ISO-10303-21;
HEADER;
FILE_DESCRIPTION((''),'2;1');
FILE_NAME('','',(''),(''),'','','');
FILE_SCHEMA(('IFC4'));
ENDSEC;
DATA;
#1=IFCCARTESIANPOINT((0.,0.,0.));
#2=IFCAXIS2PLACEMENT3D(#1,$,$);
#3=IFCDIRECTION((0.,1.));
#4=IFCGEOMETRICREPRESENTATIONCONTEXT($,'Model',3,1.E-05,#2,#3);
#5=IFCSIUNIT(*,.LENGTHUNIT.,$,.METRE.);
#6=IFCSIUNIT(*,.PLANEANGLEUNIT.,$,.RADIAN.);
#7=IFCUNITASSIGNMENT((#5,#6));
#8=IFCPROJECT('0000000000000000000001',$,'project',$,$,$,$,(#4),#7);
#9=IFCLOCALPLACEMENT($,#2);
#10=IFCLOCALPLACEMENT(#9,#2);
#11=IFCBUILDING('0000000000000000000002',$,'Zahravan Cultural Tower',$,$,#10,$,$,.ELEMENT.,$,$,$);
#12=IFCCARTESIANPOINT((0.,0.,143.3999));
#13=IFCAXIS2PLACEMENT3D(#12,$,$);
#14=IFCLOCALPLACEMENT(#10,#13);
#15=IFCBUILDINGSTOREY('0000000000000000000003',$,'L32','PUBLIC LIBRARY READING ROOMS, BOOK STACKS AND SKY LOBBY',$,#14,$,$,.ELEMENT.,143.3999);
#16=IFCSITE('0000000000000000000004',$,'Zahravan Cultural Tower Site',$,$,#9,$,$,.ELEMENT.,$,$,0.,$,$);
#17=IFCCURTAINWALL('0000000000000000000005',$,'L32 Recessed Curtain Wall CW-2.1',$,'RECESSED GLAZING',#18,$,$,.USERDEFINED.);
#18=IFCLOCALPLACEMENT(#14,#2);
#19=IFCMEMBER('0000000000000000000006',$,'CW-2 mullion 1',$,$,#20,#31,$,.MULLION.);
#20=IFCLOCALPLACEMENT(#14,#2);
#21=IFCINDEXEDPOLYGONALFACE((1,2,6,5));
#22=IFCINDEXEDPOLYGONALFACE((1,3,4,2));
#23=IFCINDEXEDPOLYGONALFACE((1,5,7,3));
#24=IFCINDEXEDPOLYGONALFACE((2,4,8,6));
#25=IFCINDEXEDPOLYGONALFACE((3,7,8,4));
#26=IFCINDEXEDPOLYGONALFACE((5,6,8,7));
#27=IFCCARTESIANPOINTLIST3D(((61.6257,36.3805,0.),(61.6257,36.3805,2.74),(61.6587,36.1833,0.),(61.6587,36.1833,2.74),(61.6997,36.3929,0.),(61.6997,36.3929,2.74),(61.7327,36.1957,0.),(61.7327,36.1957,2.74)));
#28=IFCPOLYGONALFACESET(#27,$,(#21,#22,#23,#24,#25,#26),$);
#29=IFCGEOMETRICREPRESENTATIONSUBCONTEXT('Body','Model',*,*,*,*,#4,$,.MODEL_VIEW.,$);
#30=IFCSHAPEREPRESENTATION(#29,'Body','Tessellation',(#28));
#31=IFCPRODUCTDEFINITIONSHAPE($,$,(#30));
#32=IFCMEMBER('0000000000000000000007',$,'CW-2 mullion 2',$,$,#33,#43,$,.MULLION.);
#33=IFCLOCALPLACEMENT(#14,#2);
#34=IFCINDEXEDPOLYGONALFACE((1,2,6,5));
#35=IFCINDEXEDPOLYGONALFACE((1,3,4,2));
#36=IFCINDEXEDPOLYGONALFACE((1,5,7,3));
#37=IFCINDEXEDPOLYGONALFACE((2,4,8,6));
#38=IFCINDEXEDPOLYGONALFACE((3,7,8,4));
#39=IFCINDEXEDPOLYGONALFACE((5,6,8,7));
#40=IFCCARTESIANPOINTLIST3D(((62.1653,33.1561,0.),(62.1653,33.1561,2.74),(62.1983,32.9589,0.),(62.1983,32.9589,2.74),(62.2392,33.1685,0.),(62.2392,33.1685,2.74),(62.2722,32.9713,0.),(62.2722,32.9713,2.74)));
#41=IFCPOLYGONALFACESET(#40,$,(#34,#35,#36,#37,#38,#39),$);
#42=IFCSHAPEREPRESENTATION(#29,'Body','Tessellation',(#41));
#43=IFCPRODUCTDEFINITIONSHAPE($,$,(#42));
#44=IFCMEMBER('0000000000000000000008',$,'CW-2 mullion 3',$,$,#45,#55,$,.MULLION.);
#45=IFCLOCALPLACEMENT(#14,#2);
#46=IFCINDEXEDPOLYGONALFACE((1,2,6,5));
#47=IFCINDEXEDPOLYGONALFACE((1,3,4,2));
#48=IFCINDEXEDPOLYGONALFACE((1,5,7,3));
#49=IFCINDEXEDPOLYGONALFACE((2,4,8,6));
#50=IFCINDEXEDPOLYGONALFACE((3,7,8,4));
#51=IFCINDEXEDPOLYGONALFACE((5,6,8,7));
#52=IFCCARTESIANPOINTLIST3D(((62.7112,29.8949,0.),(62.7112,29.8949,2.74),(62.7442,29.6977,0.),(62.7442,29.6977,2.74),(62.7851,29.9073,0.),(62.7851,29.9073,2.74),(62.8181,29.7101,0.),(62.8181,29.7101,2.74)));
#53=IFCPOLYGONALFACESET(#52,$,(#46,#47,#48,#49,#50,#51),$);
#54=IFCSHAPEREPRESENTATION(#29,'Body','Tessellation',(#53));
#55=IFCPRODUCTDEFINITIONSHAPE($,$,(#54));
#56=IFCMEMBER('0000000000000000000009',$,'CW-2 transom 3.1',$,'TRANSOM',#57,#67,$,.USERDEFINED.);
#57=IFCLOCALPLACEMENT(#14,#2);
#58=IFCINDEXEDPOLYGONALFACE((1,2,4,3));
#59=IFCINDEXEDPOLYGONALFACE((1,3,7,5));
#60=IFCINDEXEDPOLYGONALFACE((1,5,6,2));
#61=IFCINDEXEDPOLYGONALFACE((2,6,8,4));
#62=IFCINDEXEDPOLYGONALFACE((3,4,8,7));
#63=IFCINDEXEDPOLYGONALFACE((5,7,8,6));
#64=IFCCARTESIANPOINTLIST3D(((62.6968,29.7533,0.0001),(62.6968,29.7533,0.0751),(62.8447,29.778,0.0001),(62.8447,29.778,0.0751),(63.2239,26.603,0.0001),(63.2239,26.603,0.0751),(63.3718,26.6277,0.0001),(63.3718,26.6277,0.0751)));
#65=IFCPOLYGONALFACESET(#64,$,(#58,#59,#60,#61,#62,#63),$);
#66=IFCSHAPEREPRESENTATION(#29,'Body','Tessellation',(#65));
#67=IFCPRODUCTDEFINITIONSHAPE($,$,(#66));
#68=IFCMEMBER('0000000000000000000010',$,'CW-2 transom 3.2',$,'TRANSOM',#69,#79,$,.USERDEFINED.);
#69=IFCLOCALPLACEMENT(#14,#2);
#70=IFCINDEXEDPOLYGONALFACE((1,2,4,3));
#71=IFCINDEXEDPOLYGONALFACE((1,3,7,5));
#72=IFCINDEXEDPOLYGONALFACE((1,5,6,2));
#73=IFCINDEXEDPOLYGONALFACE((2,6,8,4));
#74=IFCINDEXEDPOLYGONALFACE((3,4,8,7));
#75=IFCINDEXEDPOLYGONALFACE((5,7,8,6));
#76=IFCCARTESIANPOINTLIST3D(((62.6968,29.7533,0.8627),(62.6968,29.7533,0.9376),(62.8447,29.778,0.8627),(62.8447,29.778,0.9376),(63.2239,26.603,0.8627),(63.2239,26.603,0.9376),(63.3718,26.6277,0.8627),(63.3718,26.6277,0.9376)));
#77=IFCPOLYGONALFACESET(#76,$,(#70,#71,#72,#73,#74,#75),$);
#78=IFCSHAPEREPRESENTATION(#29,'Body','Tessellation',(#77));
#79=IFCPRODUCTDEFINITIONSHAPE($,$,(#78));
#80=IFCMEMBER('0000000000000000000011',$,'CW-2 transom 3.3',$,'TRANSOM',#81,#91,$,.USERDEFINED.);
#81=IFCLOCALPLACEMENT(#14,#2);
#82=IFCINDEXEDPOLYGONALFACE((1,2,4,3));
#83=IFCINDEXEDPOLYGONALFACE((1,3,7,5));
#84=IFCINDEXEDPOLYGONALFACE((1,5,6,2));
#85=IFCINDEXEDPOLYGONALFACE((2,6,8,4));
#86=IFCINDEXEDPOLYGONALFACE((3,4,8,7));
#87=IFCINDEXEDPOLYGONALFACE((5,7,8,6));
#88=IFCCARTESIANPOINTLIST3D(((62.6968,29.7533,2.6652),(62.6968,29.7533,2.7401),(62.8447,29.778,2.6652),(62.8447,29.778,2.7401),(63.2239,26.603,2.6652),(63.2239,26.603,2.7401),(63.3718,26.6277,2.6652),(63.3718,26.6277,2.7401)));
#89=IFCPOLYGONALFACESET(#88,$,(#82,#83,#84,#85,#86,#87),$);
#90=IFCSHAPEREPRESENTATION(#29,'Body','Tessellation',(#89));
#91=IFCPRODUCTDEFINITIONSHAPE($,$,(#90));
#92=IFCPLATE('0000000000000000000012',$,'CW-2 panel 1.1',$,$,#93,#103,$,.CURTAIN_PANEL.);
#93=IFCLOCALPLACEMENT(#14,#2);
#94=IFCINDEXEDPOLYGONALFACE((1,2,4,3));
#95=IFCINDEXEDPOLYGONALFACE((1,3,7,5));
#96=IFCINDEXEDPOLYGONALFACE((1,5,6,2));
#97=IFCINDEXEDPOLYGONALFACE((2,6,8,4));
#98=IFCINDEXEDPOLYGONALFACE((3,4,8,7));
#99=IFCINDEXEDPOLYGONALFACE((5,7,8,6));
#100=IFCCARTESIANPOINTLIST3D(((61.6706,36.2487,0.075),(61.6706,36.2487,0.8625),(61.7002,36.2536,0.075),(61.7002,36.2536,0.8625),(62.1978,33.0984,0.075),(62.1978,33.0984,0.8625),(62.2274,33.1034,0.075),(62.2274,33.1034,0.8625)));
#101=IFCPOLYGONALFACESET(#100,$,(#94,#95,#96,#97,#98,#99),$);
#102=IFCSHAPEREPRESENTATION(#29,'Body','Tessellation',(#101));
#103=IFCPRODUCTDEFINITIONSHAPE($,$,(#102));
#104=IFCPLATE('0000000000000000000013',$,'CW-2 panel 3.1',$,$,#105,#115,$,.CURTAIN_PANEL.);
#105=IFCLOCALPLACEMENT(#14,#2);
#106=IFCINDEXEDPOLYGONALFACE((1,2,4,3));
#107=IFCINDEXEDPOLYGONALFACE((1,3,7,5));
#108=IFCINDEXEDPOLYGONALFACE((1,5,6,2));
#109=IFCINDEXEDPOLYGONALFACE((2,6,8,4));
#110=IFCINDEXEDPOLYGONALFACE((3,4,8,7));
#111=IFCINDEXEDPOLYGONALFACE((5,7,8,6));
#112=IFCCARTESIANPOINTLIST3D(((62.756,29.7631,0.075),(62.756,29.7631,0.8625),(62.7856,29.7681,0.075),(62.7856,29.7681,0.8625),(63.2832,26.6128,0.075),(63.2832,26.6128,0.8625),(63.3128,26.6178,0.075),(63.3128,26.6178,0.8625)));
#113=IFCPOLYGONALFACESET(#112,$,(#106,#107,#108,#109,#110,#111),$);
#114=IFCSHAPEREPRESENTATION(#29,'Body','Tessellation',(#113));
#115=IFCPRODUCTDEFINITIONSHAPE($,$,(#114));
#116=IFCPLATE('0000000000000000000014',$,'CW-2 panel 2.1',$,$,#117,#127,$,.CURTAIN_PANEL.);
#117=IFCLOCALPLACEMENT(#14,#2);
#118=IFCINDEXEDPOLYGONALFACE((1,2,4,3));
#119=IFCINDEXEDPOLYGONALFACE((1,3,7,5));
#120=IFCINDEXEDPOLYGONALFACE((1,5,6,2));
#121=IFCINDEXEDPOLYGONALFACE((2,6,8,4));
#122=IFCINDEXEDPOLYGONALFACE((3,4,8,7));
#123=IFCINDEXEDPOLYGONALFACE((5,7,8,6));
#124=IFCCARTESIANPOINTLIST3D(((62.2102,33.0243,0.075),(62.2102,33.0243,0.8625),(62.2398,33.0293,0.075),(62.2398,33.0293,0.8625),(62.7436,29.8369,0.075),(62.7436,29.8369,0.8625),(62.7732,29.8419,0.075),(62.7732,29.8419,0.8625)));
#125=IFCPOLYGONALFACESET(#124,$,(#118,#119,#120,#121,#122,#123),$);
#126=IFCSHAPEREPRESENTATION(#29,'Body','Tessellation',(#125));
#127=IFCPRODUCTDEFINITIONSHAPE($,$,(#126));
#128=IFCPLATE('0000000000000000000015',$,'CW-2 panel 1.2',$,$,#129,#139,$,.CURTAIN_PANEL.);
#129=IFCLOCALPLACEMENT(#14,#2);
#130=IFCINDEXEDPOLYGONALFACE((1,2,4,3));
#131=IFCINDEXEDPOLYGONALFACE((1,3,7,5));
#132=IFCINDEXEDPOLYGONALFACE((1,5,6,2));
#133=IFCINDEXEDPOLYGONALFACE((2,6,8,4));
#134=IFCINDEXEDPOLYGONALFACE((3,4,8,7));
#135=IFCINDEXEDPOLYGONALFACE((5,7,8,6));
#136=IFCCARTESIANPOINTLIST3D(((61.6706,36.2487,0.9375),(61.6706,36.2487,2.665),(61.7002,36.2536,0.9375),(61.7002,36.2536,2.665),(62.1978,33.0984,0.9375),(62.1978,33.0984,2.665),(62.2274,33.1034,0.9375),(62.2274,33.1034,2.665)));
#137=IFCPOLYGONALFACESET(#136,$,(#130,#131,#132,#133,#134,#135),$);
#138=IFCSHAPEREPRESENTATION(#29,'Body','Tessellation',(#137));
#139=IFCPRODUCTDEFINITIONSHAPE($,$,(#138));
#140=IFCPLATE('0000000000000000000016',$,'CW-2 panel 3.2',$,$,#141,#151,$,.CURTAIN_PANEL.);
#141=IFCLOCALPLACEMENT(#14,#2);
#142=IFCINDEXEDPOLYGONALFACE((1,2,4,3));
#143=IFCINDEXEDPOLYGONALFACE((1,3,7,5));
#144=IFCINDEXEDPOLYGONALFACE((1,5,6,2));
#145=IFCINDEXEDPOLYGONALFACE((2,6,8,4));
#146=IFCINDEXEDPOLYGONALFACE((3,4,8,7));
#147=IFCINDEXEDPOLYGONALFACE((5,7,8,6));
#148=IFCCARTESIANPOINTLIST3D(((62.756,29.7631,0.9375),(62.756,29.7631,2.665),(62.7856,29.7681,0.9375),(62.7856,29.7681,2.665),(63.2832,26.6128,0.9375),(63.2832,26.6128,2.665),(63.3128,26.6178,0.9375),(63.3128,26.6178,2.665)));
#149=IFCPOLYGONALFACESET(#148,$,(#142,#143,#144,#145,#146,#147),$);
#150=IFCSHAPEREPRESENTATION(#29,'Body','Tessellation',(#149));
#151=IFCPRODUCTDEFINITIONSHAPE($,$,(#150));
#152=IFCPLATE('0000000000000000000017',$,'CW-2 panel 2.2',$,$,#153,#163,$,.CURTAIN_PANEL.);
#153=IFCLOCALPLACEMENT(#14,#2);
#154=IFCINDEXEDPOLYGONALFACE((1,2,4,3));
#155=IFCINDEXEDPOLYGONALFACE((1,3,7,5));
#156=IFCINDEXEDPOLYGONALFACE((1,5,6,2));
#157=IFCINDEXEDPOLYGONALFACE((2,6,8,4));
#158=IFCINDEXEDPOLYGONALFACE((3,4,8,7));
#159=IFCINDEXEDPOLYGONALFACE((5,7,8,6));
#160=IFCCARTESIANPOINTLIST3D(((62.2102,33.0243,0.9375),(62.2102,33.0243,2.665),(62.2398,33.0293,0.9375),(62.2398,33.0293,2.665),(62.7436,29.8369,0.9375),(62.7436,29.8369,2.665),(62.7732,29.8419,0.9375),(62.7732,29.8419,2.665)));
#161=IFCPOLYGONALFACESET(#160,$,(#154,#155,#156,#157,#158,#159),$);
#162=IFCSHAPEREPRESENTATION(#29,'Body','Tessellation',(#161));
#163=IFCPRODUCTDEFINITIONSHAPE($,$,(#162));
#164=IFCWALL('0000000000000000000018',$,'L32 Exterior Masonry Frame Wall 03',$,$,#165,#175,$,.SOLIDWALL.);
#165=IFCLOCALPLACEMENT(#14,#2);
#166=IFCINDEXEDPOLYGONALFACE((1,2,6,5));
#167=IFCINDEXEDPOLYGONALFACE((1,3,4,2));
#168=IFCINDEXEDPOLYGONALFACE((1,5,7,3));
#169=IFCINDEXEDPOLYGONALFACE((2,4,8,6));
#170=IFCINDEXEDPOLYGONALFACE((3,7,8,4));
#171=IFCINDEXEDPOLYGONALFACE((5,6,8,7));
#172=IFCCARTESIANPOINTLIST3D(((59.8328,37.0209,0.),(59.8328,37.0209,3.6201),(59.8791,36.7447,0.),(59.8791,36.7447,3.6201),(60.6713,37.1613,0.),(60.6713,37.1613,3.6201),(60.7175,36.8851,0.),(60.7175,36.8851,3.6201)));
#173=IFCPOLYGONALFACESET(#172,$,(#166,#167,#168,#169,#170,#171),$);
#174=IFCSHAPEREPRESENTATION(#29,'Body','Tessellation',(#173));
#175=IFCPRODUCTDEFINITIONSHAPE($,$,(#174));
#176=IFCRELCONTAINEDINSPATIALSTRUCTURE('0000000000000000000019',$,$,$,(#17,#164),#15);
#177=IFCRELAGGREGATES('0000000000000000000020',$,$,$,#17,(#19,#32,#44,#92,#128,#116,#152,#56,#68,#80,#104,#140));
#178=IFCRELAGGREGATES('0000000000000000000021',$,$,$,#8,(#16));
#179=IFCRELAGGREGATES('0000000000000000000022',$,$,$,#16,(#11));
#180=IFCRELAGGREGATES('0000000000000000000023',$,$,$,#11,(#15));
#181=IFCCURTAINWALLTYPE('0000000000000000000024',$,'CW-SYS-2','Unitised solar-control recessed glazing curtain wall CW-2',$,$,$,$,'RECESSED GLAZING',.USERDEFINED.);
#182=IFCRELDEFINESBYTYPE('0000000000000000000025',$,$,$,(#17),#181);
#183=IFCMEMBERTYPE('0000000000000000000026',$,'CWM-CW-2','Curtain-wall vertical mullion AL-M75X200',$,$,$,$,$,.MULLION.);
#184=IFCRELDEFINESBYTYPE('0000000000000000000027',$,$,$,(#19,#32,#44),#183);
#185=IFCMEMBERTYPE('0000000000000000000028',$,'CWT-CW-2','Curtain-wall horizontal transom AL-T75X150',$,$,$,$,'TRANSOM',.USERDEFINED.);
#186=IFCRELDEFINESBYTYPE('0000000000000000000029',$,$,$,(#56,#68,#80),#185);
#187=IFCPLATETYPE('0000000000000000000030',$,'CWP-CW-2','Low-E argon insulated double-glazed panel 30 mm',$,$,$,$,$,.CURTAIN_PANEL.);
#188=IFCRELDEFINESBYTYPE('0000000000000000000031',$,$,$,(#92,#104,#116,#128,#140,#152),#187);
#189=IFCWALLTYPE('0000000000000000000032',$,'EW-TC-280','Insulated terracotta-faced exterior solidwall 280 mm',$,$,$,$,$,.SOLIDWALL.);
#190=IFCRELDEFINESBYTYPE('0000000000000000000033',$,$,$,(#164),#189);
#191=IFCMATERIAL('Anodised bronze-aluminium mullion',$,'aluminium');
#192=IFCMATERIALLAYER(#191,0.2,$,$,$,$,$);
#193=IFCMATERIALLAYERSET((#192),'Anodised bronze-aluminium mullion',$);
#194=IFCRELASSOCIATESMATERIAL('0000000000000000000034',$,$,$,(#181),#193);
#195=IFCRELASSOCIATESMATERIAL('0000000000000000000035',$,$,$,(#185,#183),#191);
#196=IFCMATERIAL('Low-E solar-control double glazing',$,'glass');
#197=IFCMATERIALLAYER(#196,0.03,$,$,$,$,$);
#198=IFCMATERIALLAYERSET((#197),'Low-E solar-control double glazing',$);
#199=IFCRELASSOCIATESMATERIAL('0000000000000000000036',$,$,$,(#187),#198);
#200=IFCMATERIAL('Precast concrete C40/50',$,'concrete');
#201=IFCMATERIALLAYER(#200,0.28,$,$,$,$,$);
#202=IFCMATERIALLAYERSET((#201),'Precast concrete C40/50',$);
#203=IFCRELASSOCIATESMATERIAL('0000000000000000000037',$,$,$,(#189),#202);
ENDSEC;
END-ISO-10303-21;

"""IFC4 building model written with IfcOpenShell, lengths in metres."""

from ifc_helpers import new_model, si_unit, direction, frame, frame_2d, origin, origin_2d, place, context, subcontext, project, spatial, rectangle, extrude, source, transform, mapped, material, layer, layer_set, material_profile, profile_set, type_object, element, aggregate, save


model = new_model("IFC4")

# Units and contexts
model_context = context("Model", 3, precision=1e-05, world=origin(), true_north=direction((0.0, 1.0)))
body_context = subcontext(model_context, "Body", "Model", "MODEL_VIEW")
ifc_project = project(units=[si_unit("LENGTHUNIT", "METRE"), si_unit("PLANEANGLEUNIT", "RADIAN")], contexts=[model_context])

# Site, building, storey
site_placement = place(None, origin())
site = spatial("IfcSite", under=ifc_project, at=site_placement, Name="Zahravan Cultural Tower Site", CompositionType="ELEMENT", RefElevation=0.0)
building_placement = place(site_placement, origin())
building = spatial("IfcBuilding", under=site, at=building_placement, Name="Zahravan Cultural Tower", CompositionType="ELEMENT")
storey_placement = place(building_placement, frame((0.0, 0.0, 143.3999)))
storey = spatial("IfcBuildingStorey", under=building, at=storey_placement, Name="L32", Description="PUBLIC LIBRARY READING ROOMS, BOOK STACKS AND SKY LOBBY", CompositionType="ELEMENT", Elevation=143.3999)

# Curtain wall, members, plates
ifc_material_1 = material(Name="Anodised bronze-aluminium mullion", Category="aluminium")
ifc_layer_1 = layer(ifc_material_1, 0.2)
ifc_layer_set_1 = layer_set([ifc_layer_1], Name="Anodised bronze-aluminium mullion")
curtain_wall_type = type_object("IfcCurtainWallType", Name="CW-SYS-2", Description="Unitised solar-control recessed glazing curtain wall CW-2", ElementType="RECESSED GLAZING", PredefinedType="USERDEFINED", material=ifc_layer_set_1)
curtain_wall_placement = place(storey_placement, origin())
curtain_wall = element("IfcCurtainWall", 1, at=curtain_wall_placement, inside=storey, type_object=curtain_wall_type, Name="L32 Recessed Curtain Wall CW-2.1", ObjectType="RECESSED GLAZING", PredefinedType="USERDEFINED")
ifc_material_profile_1 = material_profile(ifc_material_1, rectangle(XDim=0.1499, YDim=0.075, at=origin_2d()), Name="AL-T75X150")
ifc_profile_set_1 = profile_set([ifc_material_profile_1], Name="Anodised bronze-aluminium mullion")
member_type_1 = type_object("IfcMemberType", Name="CWT-CW-2", Description="Curtain-wall horizontal transom AL-T75X150", ElementType="TRANSOM", PredefinedType="USERDEFINED", material=ifc_profile_set_1)
ifc_material_profile_2 = material_profile(ifc_material_1, rectangle(XDim=0.075, YDim=0.2, at=origin_2d()), Name="AL-M75X200")
ifc_profile_set_2 = profile_set([ifc_material_profile_2], Name="Anodised bronze-aluminium mullion")
member_type_2 = type_object("IfcMemberType", Name="CWM-CW-2", Description="Curtain-wall vertical mullion AL-M75X200", PredefinedType="MULLION", material=ifc_profile_set_2)
shared_shape_1 = source(origin(), body_context, "Body", "SweptSolid", [
    extrude(rectangle(XDim=0.075, YDim=0.2, at=origin_2d()), origin(), (0.0, 0.0, 1.0), 2.74),
])
member_1_placement = place(storey_placement, frame((61.6792, 36.2881, 0.0), z_axis=(0.0, 0.0, 1.0), x_axis=(0.986285, 0.165051, 0.0)))
member_1 = element("IfcMember", 2, at=member_1_placement, type_object=member_type_2, Name="CW-2 mullion 1", PredefinedType="MULLION", context=body_context, shape_type="MappedRepresentation", body=[
    mapped(shared_shape_1, transform((0.0, 0.0, 0.0), x_axis=(1.0, 0.0, 0.0), y_axis=(0.0, 1.0, 0.0), z_axis=(0.0, 0.0, 1.0), scale=1.0)),
])
member_2_placement = place(storey_placement, frame((62.2188, 33.0637, 0.0), z_axis=(0.0, 0.0, 1.0), x_axis=(0.986285, 0.165051, 0.0)))
member_2 = element("IfcMember", 3, at=member_2_placement, type_object=member_type_2, Name="CW-2 mullion 2", PredefinedType="MULLION", context=body_context, shape_type="MappedRepresentation", body=[
    mapped(shared_shape_1, transform((0.0, 0.0, 0.0), x_axis=(1.0, 0.0, 0.0), y_axis=(0.0, 1.0, 0.0), z_axis=(0.0, 0.0, 1.0), scale=1.0)),
])
member_3_placement = place(storey_placement, frame((62.7646, 29.8025, 0.0), z_axis=(0.0, 0.0, 1.0), x_axis=(0.986285, 0.165051, 0.0)))
member_3 = element("IfcMember", 4, at=member_3_placement, type_object=member_type_2, Name="CW-2 mullion 3", PredefinedType="MULLION", context=body_context, shape_type="MappedRepresentation", body=[
    mapped(shared_shape_1, transform((0.0, 0.0, 0.0), x_axis=(1.0, 0.0, 0.0), y_axis=(0.0, 1.0, 0.0), z_axis=(0.0, 0.0, 1.0), scale=1.0)),
])
shared_shape_2 = source(origin(), body_context, "Body", "SweptSolid", [
    extrude(rectangle(XDim=0.1499, YDim=0.075, at=origin_2d()), origin(), (0.0, 0.0, 1.0), 3.1941),
])
member_4_placement = place(storey_placement, frame((62.7708, 29.7656, 0.0376), z_axis=(0.165019, -0.98629, 0.0), x_axis=(0.98629, 0.165019, 0.0)))
member_4 = element("IfcMember", 5, at=member_4_placement, type_object=member_type_1, Name="CW-2 transom 3.1", ObjectType="TRANSOM", PredefinedType="USERDEFINED", context=body_context, shape_type="MappedRepresentation", body=[
    mapped(shared_shape_2, transform((0.0, 0.0, 0.0), x_axis=(1.0, 0.0, 0.0), y_axis=(0.0, 1.0, 0.0), z_axis=(0.0, 0.0, 1.0), scale=1.0)),
])
member_5_placement = place(storey_placement, frame((62.7708, 29.7656, 0.9001), z_axis=(0.165019, -0.98629, 0.0), x_axis=(0.98629, 0.165019, 0.0)))
member_5 = element("IfcMember", 6, at=member_5_placement, type_object=member_type_1, Name="CW-2 transom 3.2", ObjectType="TRANSOM", PredefinedType="USERDEFINED", context=body_context, shape_type="MappedRepresentation", body=[
    mapped(shared_shape_2, transform((0.0, 0.0, 0.0), x_axis=(1.0, 0.0, 0.0), y_axis=(0.0, 1.0, 0.0), z_axis=(0.0, 0.0, 1.0), scale=1.0)),
])
member_6_placement = place(storey_placement, frame((62.7708, 29.7656, 2.7026), z_axis=(0.165019, -0.98629, 0.0), x_axis=(0.98629, 0.165019, 0.0)))
member_6 = element("IfcMember", 7, at=member_6_placement, type_object=member_type_1, Name="CW-2 transom 3.3", ObjectType="TRANSOM", PredefinedType="USERDEFINED", context=body_context, shape_type="MappedRepresentation", body=[
    mapped(shared_shape_2, transform((0.0, 0.0, 0.0), x_axis=(1.0, 0.0, 0.0), y_axis=(0.0, 1.0, 0.0), z_axis=(0.0, 0.0, 1.0), scale=1.0)),
])
ifc_material_2 = material(Name="Low-E solar-control double glazing", Category="glass")
ifc_layer_2 = layer(ifc_material_2, 0.03)
ifc_layer_set_2 = layer_set([ifc_layer_2], Name="Low-E solar-control double glazing")
plate_type = type_object("IfcPlateType", Name="CWP-CW-2", Description="Low-E argon insulated double-glazed panel 30 mm", PredefinedType="CURTAIN_PANEL", material=ifc_layer_set_2)
shared_shape_3 = source(origin(), body_context, "Body", "SweptSolid", [
    extrude(rectangle(XDim=3.1941, YDim=0.03, at=origin_2d()), origin(), (0.0, 0.0, 1.0), 0.7876),
])
plate_1_placement = place(storey_placement, frame((61.949, 34.676, 0.075), z_axis=(0.0, 0.0, 1.0), x_axis=(0.165051, -0.986285, 0.0)))
plate_1 = element("IfcPlate", 8, at=plate_1_placement, type_object=plate_type, Name="CW-2 panel 1.1", PredefinedType="CURTAIN_PANEL", context=body_context, shape_type="MappedRepresentation", body=[
    mapped(shared_shape_3, transform((0.0, 0.0, 0.0), x_axis=(1.0, 0.0, 0.0), y_axis=(0.0, 1.0, 0.0), z_axis=(0.0, 0.0, 1.0), scale=1.0)),
])
plate_2_placement = place(storey_placement, frame((63.0344, 28.1904, 0.075), z_axis=(0.0, 0.0, 1.0), x_axis=(0.165051, -0.986285, 0.0)))
plate_2 = element("IfcPlate", 9, at=plate_2_placement, type_object=plate_type, Name="CW-2 panel 3.1", PredefinedType="CURTAIN_PANEL", context=body_context, shape_type="MappedRepresentation", body=[
    mapped(shared_shape_3, transform((0.0, 0.0, 0.0), x_axis=(1.0, 0.0, 0.0), y_axis=(0.0, 1.0, 0.0), z_axis=(0.0, 0.0, 1.0), scale=1.0)),
])
shared_shape_4 = source(origin(), body_context, "Body", "SweptSolid", [
    extrude(rectangle(XDim=3.2317, YDim=0.03, at=origin_2d()), origin(), (0.0, 0.0, 1.0), 0.7876),
])
plate_3_placement = place(storey_placement, frame((62.4917, 31.4331, 0.075), z_axis=(0.0, 0.0, 1.0), x_axis=(0.165051, -0.986285, 0.0)))
plate_3 = element("IfcPlate", 10, at=plate_3_placement, type_object=plate_type, Name="CW-2 panel 2.1", PredefinedType="CURTAIN_PANEL", context=body_context, shape_type="MappedRepresentation", body=[
    mapped(shared_shape_4, transform((0.0, 0.0, 0.0), x_axis=(1.0, 0.0, 0.0), y_axis=(0.0, 1.0, 0.0), z_axis=(0.0, 0.0, 1.0), scale=1.0)),
])
shared_shape_5 = source(origin(), body_context, "Body", "SweptSolid", [
    extrude(rectangle(XDim=3.1941, YDim=0.03, at=origin_2d()), origin(), (0.0, 0.0, 1.0), 1.7275),
])
plate_4_placement = place(storey_placement, frame((61.949, 34.676, 0.9375), z_axis=(0.0, 0.0, 1.0), x_axis=(0.165051, -0.986285, 0.0)))
plate_4 = element("IfcPlate", 11, at=plate_4_placement, type_object=plate_type, Name="CW-2 panel 1.2", PredefinedType="CURTAIN_PANEL", context=body_context, shape_type="MappedRepresentation", body=[
    mapped(shared_shape_5, transform((0.0, 0.0, 0.0), x_axis=(1.0, 0.0, 0.0), y_axis=(0.0, 1.0, 0.0), z_axis=(0.0, 0.0, 1.0), scale=1.0)),
])
plate_5_placement = place(storey_placement, frame((63.0344, 28.1904, 0.9375), z_axis=(0.0, 0.0, 1.0), x_axis=(0.165051, -0.986285, 0.0)))
plate_5 = element("IfcPlate", 12, at=plate_5_placement, type_object=plate_type, Name="CW-2 panel 3.2", PredefinedType="CURTAIN_PANEL", context=body_context, shape_type="MappedRepresentation", body=[
    mapped(shared_shape_5, transform((0.0, 0.0, 0.0), x_axis=(1.0, 0.0, 0.0), y_axis=(0.0, 1.0, 0.0), z_axis=(0.0, 0.0, 1.0), scale=1.0)),
])
shared_shape_6 = source(origin(), body_context, "Body", "SweptSolid", [
    extrude(rectangle(XDim=3.2317, YDim=0.03, at=origin_2d()), origin(), (0.0, 0.0, 1.0), 1.7275),
])
plate_6_placement = place(storey_placement, frame((62.4917, 31.4331, 0.9375), z_axis=(0.0, 0.0, 1.0), x_axis=(0.165051, -0.986285, 0.0)))
plate_6 = element("IfcPlate", 13, at=plate_6_placement, type_object=plate_type, Name="CW-2 panel 2.2", PredefinedType="CURTAIN_PANEL", context=body_context, shape_type="MappedRepresentation", body=[
    mapped(shared_shape_6, transform((0.0, 0.0, 0.0), x_axis=(1.0, 0.0, 0.0), y_axis=(0.0, 1.0, 0.0), z_axis=(0.0, 0.0, 1.0), scale=1.0)),
])
aggregate(curtain_wall, [member_1, member_2, member_3, plate_1, plate_4, plate_3, plate_6, member_4, member_5, member_6, plate_2, plate_5])

# Wall
ifc_material_3 = material(Name="Precast concrete C40/50", Category="concrete")
ifc_layer_3 = layer(ifc_material_3, 0.28)
ifc_layer_set_3 = layer_set([ifc_layer_3], Name="Precast concrete C40/50")
wall_type_1 = type_object("IfcWallType", Name="EW-TC-280", Description="Insulated terracotta-faced exterior solidwall 280 mm", PredefinedType="SOLIDWALL", material=ifc_layer_set_3)
shared_shape_7 = source(origin(), body_context, "Body", "SweptSolid", [
    extrude(rectangle(XDim=0.8501, YDim=0.28, at=frame_2d((0.425, 0.0))), origin(), (0.0, 0.0, 1.0), 3.6201),
])
for number, where, z_axis, x_axis, name in (
    (14, (59.856, 36.8828, 0.0), (0.0, 0.0, 1.0), (0.986269, 0.165144, 0.0), "L32 Exterior Masonry Frame Wall 03"),
):
    element("IfcWall", number, at=place(storey_placement, frame(where, z_axis=z_axis, x_axis=x_axis)), inside=storey, type_object=wall_type_1, Name=name, PredefinedType="SOLIDWALL", context=body_context, shape_type="MappedRepresentation", body=[
        mapped(shared_shape_7, transform((0.0, 0.0, 0.0), x_axis=(1.0, 0.0, 0.0), y_axis=(0.0, 1.0, 0.0), z_axis=(0.0, 0.0, 1.0), scale=1.0)),
    ])

save(model, "model.ifc")
